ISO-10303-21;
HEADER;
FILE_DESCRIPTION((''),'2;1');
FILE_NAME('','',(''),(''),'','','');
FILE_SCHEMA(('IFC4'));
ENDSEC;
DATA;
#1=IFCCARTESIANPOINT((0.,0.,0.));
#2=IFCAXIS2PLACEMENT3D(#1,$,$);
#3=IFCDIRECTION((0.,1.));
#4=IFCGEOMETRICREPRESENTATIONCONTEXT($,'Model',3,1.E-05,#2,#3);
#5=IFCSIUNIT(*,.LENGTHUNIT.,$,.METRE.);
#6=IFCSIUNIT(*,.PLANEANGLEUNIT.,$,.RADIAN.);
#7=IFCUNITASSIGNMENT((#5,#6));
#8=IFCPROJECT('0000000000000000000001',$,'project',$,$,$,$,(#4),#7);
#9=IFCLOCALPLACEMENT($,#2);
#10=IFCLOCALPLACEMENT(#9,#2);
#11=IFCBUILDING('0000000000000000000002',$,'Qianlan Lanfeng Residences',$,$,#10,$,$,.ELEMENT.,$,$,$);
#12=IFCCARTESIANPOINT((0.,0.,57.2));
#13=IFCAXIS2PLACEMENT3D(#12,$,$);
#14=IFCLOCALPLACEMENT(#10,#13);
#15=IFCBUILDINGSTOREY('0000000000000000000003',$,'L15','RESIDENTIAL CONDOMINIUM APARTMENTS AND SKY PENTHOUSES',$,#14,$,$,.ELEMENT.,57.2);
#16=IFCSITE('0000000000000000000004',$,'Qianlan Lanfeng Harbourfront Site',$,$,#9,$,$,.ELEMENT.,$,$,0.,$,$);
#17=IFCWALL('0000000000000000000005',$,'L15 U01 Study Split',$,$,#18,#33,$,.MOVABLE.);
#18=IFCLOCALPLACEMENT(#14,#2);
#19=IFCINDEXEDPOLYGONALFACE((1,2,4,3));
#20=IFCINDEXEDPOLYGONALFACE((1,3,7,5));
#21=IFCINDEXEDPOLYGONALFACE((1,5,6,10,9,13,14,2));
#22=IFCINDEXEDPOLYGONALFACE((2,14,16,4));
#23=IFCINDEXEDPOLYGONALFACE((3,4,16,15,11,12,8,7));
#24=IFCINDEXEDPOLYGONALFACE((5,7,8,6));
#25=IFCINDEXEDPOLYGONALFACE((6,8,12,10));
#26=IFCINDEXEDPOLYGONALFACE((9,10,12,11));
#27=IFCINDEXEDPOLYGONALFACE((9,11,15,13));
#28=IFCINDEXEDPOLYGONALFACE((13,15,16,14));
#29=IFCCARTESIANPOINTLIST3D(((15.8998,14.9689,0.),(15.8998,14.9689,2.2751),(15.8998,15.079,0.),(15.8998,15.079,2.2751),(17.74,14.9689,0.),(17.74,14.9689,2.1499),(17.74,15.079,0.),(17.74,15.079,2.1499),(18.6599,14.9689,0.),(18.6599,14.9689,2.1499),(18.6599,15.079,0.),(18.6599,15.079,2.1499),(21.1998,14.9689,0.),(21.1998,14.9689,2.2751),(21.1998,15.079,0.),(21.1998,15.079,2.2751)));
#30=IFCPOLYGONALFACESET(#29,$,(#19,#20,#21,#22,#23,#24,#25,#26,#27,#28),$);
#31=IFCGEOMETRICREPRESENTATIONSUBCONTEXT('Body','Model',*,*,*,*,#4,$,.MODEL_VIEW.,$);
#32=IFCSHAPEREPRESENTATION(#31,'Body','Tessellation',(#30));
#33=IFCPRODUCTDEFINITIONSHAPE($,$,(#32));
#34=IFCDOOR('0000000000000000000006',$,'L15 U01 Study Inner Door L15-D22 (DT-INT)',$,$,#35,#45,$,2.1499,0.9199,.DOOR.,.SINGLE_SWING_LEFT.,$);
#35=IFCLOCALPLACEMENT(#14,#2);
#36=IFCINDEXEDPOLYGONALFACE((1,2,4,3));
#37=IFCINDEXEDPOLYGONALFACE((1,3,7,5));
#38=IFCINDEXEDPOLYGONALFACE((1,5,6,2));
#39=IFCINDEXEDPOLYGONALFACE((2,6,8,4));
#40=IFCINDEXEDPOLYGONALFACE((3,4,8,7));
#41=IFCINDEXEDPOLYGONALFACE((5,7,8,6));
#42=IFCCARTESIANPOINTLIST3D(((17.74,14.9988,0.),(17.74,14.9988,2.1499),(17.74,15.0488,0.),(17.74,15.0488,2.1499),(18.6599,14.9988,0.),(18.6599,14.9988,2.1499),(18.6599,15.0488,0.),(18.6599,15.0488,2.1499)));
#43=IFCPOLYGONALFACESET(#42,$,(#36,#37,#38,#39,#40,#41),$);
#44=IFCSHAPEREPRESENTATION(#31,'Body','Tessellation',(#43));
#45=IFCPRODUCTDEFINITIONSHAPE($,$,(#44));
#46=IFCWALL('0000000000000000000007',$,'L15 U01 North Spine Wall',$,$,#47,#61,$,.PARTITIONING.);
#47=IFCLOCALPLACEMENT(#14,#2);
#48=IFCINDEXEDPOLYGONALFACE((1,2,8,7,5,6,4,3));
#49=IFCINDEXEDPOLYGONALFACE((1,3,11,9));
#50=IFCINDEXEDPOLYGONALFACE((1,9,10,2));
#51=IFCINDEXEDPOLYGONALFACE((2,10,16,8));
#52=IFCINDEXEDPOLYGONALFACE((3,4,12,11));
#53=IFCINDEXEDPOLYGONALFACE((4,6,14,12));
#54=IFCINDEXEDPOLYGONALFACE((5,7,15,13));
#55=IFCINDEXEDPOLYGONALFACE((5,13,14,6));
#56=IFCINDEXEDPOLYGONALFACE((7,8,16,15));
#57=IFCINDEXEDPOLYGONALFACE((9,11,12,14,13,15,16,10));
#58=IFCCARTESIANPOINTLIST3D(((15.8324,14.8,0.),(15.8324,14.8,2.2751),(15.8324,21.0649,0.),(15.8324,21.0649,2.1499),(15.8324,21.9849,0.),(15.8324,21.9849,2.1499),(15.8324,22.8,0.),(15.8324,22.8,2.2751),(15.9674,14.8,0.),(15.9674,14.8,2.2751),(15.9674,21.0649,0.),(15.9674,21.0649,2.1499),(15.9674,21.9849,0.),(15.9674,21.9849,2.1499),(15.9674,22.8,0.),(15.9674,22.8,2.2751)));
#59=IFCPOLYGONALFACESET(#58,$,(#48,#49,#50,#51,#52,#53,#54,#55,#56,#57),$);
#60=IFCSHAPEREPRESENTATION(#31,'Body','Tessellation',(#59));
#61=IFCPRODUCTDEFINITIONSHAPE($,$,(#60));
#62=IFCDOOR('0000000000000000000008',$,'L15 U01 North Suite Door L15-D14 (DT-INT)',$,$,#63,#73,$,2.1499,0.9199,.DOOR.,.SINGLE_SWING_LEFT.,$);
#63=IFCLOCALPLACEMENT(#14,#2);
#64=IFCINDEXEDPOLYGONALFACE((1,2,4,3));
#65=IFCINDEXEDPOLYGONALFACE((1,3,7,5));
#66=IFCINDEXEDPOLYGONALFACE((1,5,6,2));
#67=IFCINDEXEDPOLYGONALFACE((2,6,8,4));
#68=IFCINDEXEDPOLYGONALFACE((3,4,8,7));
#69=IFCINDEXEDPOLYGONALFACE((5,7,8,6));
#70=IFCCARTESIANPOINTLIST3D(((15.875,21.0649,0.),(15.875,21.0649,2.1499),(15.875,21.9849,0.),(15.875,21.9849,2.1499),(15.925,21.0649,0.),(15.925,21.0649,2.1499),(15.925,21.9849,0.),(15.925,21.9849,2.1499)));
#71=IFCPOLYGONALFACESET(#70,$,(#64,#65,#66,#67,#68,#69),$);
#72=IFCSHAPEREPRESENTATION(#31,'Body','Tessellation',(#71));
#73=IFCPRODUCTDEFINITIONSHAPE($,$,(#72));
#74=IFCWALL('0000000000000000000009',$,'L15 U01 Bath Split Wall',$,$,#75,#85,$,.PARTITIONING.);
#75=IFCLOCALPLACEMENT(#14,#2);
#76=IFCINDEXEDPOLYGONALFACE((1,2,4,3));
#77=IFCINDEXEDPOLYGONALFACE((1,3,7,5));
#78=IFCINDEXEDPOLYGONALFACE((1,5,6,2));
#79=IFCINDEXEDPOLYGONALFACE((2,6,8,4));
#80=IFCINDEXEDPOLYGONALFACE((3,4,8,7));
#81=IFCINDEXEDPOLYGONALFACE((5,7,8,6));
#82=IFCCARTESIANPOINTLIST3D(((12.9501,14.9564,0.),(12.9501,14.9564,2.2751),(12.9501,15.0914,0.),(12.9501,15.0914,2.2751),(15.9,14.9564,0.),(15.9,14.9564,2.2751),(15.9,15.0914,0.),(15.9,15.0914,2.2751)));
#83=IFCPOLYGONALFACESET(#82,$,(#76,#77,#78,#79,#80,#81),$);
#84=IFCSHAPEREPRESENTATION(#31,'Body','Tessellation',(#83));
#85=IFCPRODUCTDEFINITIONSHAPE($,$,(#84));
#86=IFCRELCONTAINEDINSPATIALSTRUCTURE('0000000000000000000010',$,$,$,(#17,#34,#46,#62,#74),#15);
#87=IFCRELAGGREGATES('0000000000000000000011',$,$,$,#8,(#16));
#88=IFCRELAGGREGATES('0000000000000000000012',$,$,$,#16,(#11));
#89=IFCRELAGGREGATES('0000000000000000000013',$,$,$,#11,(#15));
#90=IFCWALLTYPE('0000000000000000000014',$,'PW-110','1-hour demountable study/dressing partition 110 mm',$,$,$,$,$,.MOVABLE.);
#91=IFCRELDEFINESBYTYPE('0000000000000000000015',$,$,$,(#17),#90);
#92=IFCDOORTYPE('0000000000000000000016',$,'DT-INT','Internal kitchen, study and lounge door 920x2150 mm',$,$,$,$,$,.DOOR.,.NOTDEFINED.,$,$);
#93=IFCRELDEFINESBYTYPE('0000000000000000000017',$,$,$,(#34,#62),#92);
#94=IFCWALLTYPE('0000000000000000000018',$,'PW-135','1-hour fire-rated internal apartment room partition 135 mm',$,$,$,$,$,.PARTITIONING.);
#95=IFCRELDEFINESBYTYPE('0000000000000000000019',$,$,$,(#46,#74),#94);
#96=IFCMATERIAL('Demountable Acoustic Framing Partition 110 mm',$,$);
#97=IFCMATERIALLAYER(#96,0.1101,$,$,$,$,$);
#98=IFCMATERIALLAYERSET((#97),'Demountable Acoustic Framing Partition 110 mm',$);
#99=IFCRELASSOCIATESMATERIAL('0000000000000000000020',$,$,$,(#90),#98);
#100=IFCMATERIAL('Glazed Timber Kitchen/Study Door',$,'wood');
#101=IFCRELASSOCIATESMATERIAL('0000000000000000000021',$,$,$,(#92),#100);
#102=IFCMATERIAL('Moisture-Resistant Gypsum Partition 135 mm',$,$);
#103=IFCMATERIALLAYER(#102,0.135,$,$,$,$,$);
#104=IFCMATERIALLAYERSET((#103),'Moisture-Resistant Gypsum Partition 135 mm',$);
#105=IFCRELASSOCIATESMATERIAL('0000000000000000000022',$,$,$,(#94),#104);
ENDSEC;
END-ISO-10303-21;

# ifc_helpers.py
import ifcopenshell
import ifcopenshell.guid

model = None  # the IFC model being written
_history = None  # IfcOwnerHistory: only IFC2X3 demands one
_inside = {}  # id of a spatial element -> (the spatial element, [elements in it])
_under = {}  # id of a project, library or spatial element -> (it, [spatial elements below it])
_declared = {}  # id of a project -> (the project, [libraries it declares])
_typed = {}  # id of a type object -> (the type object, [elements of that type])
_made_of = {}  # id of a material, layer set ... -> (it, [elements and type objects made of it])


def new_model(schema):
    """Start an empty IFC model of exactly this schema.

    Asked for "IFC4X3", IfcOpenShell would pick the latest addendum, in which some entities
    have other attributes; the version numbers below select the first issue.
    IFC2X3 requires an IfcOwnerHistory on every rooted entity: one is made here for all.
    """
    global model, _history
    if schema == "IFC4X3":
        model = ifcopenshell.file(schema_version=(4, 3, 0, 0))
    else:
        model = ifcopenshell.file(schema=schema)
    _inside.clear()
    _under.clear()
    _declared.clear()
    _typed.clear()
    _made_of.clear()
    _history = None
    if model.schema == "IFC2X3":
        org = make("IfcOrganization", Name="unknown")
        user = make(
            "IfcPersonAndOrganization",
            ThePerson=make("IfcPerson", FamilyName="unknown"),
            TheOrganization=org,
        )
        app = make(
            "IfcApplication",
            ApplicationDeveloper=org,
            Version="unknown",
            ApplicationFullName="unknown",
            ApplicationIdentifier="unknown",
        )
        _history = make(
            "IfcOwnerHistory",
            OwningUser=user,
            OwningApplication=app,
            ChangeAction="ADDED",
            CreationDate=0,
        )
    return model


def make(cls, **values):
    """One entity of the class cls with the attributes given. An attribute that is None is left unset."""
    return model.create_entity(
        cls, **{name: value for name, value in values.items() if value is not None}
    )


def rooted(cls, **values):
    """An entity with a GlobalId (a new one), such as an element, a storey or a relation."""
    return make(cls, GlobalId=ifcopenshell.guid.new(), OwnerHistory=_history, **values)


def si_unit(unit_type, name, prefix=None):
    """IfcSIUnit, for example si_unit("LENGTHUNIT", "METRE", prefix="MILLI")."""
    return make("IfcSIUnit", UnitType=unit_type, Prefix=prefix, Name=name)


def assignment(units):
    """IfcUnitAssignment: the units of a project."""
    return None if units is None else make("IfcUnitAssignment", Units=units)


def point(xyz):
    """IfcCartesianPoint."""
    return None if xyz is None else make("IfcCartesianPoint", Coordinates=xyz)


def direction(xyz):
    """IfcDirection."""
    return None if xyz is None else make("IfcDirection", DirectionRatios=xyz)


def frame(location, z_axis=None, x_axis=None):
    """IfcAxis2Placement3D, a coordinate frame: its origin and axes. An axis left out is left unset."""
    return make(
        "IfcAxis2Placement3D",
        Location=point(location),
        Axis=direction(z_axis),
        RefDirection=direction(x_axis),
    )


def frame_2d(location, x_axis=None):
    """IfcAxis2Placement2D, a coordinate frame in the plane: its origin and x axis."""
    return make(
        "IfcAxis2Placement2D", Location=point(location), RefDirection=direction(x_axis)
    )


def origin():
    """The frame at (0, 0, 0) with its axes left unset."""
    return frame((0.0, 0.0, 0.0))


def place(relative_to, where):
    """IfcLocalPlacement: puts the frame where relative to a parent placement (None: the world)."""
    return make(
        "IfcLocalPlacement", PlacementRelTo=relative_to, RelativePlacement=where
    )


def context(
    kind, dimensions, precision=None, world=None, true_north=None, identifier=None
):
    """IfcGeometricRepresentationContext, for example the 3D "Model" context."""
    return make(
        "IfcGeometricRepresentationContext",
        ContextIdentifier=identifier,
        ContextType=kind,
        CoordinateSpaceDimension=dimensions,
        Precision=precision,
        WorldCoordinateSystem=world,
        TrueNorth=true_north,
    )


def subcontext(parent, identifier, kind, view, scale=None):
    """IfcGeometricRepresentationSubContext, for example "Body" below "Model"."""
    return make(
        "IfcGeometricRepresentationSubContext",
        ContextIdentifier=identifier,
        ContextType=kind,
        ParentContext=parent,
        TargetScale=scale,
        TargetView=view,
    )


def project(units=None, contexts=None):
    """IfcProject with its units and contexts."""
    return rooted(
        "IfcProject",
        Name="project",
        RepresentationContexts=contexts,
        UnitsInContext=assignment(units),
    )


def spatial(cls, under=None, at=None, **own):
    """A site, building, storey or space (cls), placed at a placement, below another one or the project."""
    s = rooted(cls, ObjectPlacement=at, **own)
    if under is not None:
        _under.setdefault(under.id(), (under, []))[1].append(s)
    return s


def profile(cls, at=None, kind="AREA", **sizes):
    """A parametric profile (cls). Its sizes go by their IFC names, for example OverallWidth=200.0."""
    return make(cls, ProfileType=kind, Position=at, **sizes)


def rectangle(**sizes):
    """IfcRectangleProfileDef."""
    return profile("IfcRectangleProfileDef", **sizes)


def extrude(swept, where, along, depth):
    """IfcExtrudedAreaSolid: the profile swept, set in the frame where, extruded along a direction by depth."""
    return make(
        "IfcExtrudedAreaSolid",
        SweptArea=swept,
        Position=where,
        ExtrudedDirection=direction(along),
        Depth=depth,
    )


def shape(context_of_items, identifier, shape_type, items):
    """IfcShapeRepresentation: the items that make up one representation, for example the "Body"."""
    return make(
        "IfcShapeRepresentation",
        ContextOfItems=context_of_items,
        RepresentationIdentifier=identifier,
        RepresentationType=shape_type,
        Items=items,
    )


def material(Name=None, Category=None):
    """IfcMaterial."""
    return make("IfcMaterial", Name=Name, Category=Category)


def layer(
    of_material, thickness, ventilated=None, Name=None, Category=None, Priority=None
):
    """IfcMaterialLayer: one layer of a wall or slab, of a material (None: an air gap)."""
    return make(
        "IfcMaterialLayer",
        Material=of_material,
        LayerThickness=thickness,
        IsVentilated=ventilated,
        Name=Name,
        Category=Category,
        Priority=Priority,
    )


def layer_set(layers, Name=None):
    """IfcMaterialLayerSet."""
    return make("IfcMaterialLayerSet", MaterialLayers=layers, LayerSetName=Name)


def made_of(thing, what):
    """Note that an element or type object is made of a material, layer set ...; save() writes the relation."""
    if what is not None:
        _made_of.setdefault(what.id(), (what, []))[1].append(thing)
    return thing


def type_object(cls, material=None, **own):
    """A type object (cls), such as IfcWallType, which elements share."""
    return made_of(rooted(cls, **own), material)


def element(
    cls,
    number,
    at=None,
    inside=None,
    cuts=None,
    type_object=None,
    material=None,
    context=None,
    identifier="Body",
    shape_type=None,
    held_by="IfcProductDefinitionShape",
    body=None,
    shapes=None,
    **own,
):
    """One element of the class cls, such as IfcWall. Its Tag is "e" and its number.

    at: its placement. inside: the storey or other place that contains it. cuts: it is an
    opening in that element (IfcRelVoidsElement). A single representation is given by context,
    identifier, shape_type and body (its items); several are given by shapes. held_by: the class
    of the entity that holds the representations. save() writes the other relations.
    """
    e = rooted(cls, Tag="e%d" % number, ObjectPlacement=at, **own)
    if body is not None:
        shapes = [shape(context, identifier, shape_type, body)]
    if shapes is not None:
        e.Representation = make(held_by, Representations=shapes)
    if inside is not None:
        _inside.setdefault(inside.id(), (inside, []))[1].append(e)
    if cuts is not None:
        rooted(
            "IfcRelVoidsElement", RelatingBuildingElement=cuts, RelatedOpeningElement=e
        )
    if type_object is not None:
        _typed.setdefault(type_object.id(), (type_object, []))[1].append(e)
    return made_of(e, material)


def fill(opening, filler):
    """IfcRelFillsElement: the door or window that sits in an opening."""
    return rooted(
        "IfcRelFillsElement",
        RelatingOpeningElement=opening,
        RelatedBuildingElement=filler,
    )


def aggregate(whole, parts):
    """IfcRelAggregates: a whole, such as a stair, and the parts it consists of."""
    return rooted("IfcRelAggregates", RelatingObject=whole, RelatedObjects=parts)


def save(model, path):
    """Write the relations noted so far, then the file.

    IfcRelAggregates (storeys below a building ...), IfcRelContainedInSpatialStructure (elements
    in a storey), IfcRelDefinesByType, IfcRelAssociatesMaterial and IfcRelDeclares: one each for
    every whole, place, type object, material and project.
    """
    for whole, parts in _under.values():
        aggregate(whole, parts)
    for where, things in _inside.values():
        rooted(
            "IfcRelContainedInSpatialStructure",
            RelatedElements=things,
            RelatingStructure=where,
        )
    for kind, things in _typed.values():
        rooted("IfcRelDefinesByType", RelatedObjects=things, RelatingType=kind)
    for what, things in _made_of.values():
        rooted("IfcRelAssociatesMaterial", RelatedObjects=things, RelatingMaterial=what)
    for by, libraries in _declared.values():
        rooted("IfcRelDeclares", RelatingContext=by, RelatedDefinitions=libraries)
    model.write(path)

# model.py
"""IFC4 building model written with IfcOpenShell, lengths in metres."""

from ifc_helpers import new_model, si_unit, direction, frame, frame_2d, origin, place, context, subcontext, project, spatial, rectangle, extrude, material, layer, layer_set, type_object, element, fill, save


model = new_model("IFC4")

# Units and contexts
model_context = context("Model", 3, precision=1e-05, world=origin(), true_north=direction((0.0, 1.0)))
body_context = subcontext(model_context, "Body", "Model", "MODEL_VIEW")
ifc_project = project(units=[si_unit("LENGTHUNIT", "METRE"), si_unit("PLANEANGLEUNIT", "RADIAN")], contexts=[model_context])

# Site, building, storey
site_placement = place(None, origin())
site = spatial("IfcSite", under=ifc_project, at=site_placement, Name="Qianlan Lanfeng Harbourfront Site", CompositionType="ELEMENT", RefElevation=0.0)
building_placement = place(site_placement, origin())
building = spatial("IfcBuilding", under=site, at=building_placement, Name="Qianlan Lanfeng Residences", CompositionType="ELEMENT")
storey_placement = place(building_placement, frame((0.0, 0.0, 57.2)))
storey = spatial("IfcBuildingStorey", under=building, at=storey_placement, Name="L15", Description="RESIDENTIAL CONDOMINIUM APARTMENTS AND SKY PENTHOUSES", CompositionType="ELEMENT", Elevation=57.2)

# Walls, openings, doors
ifc_material_1 = material(Name="Demountable Acoustic Framing Partition 110 mm")
ifc_layer_1 = layer(ifc_material_1, 0.1101)
ifc_layer_set_1 = layer_set([ifc_layer_1], Name="Demountable Acoustic Framing Partition 110 mm")
wall_type_1 = type_object("IfcWallType", Name="PW-110", Description="1-hour demountable study/dressing partition 110 mm", PredefinedType="MOVABLE", material=ifc_layer_set_1)
wall_1_placement = place(storey_placement, frame((15.8999, 15.0239, 0.0), z_axis=(0.0, 0.0, 1.0), x_axis=(1.0, 0.0, 0.0)))
wall_1 = element("IfcWall", 1, at=wall_1_placement, inside=storey, type_object=wall_type_1, Name="L15 U01 Study Split", PredefinedType="MOVABLE", context=body_context, shape_type="SweptSolid", body=[
    extrude(rectangle(XDim=5.3, YDim=0.1101, at=frame_2d((2.6499, 0.0))), origin(), (0.0, 0.0, 1.0), 2.2751),
])
opening_1_placement = place(wall_1_placement, frame((1.8401, 0.0, 0.0)))
opening_1 = element("IfcOpeningElement", 2, at=opening_1_placement, cuts=wall_1, PredefinedType="OPENING", context=body_context, shape_type="SweptSolid", body=[
    extrude(rectangle(XDim=0.9199, YDim=2.1499, at=frame_2d((0.46, 1.075))), frame((0.0, 0.0649, 0.0), z_axis=(0.0, -1.0, 0.0), x_axis=(1.0, 0.0, 0.0)), (0.0, 0.0, 1.0), 0.1301),
])
ifc_material_2 = material(Name="Glazed Timber Kitchen/Study Door", Category="wood")
door_type = type_object("IfcDoorType", Name="DT-INT", Description="Internal kitchen, study and lounge door 920x2150 mm", OperationType="NOTDEFINED", PredefinedType="DOOR", material=ifc_material_2)
door_1_placement = place(opening_1_placement, origin())
door_1 = element("IfcDoor", 3, at=door_1_placement, inside=storey, type_object=door_type, Name="L15 U01 Study Inner Door L15-D22 (DT-INT)", OperationType="SINGLE_SWING_LEFT", OverallHeight=2.1499, OverallWidth=0.9199, PredefinedType="DOOR", context=body_context, shape_type="SweptSolid", body=[
    extrude(rectangle(XDim=0.9199, YDim=2.1499, at=frame_2d((0.46, 1.075))), frame((0.0, 0.0249, 0.0), z_axis=(0.0, -1.0, 0.0), x_axis=(1.0, 0.0, 0.0)), (0.0, 0.0, 1.0), 0.05),
])
fill(opening_1, door_1)
ifc_material_3 = material(Name="Moisture-Resistant Gypsum Partition 135 mm")
ifc_layer_2 = layer(ifc_material_3, 0.135)
ifc_layer_set_2 = layer_set([ifc_layer_2], Name="Moisture-Resistant Gypsum Partition 135 mm")
wall_type_2 = type_object("IfcWallType", Name="PW-135", Description="1-hour fire-rated internal apartment room partition 135 mm", PredefinedType="PARTITIONING", material=ifc_layer_set_2)
wall_2_placement = place(storey_placement, frame((15.8999, 14.8, 0.0), z_axis=(0.0, 0.0, 1.0), x_axis=(0.0, 1.0, 0.0)))
wall_2 = element("IfcWall", 4, at=wall_2_placement, inside=storey, type_object=wall_type_2, Name="L15 U01 North Spine Wall", PredefinedType="PARTITIONING", context=body_context, shape_type="SweptSolid", body=[
    extrude(rectangle(XDim=8.0, YDim=0.135, at=frame_2d((4.0, 0.0))), origin(), (0.0, 0.0, 1.0), 2.2751),
])
opening_2_placement = place(wall_2_placement, frame((6.2649, 0.0, 0.0)))
opening_2 = element("IfcOpeningElement", 5, at=opening_2_placement, cuts=wall_2, PredefinedType="OPENING", context=body_context, shape_type="SweptSolid", body=[
    extrude(rectangle(XDim=0.9199, YDim=2.1499, at=frame_2d((0.46, 1.075))), frame((0.0, 0.0776, 0.0), z_axis=(0.0, -1.0, 0.0), x_axis=(1.0, 0.0, 0.0)), (0.0, 0.0, 1.0), 0.155),
])
door_2_placement = place(opening_2_placement, origin())
door_2 = element("IfcDoor", 6, at=door_2_placement, inside=storey, type_object=door_type, Name="L15 U01 North Suite Door L15-D14 (DT-INT)", OperationType="SINGLE_SWING_LEFT", OverallHeight=2.1499, OverallWidth=0.9199, PredefinedType="DOOR", context=body_context, shape_type="SweptSolid", body=[
    extrude(rectangle(XDim=0.9199, YDim=2.1499, at=frame_2d((0.46, 1.075))), frame((0.0, 0.0249, 0.0), z_axis=(0.0, -1.0, 0.0), x_axis=(1.0, 0.0, 0.0)), (0.0, 0.0, 1.0), 0.05),
])
fill(opening_2, door_2)

# Wall
wall_3_placement = place(storey_placement, frame((12.95, 15.0239, 0.0), z_axis=(0.0, 0.0, 1.0), x_axis=(1.0, 0.0, 0.0)))
element("IfcWall", 7, at=wall_3_placement, inside=storey, type_object=wall_type_2, Name="L15 U01 Bath Split Wall", PredefinedType="PARTITIONING", context=body_context, shape_type="SweptSolid", body=[
    extrude(rectangle(XDim=2.95, YDim=0.135, at=frame_2d((1.4751, 0.0))), origin(), (0.0, 0.0, 1.0), 2.2751),
])

save(model, "model.ifc")
